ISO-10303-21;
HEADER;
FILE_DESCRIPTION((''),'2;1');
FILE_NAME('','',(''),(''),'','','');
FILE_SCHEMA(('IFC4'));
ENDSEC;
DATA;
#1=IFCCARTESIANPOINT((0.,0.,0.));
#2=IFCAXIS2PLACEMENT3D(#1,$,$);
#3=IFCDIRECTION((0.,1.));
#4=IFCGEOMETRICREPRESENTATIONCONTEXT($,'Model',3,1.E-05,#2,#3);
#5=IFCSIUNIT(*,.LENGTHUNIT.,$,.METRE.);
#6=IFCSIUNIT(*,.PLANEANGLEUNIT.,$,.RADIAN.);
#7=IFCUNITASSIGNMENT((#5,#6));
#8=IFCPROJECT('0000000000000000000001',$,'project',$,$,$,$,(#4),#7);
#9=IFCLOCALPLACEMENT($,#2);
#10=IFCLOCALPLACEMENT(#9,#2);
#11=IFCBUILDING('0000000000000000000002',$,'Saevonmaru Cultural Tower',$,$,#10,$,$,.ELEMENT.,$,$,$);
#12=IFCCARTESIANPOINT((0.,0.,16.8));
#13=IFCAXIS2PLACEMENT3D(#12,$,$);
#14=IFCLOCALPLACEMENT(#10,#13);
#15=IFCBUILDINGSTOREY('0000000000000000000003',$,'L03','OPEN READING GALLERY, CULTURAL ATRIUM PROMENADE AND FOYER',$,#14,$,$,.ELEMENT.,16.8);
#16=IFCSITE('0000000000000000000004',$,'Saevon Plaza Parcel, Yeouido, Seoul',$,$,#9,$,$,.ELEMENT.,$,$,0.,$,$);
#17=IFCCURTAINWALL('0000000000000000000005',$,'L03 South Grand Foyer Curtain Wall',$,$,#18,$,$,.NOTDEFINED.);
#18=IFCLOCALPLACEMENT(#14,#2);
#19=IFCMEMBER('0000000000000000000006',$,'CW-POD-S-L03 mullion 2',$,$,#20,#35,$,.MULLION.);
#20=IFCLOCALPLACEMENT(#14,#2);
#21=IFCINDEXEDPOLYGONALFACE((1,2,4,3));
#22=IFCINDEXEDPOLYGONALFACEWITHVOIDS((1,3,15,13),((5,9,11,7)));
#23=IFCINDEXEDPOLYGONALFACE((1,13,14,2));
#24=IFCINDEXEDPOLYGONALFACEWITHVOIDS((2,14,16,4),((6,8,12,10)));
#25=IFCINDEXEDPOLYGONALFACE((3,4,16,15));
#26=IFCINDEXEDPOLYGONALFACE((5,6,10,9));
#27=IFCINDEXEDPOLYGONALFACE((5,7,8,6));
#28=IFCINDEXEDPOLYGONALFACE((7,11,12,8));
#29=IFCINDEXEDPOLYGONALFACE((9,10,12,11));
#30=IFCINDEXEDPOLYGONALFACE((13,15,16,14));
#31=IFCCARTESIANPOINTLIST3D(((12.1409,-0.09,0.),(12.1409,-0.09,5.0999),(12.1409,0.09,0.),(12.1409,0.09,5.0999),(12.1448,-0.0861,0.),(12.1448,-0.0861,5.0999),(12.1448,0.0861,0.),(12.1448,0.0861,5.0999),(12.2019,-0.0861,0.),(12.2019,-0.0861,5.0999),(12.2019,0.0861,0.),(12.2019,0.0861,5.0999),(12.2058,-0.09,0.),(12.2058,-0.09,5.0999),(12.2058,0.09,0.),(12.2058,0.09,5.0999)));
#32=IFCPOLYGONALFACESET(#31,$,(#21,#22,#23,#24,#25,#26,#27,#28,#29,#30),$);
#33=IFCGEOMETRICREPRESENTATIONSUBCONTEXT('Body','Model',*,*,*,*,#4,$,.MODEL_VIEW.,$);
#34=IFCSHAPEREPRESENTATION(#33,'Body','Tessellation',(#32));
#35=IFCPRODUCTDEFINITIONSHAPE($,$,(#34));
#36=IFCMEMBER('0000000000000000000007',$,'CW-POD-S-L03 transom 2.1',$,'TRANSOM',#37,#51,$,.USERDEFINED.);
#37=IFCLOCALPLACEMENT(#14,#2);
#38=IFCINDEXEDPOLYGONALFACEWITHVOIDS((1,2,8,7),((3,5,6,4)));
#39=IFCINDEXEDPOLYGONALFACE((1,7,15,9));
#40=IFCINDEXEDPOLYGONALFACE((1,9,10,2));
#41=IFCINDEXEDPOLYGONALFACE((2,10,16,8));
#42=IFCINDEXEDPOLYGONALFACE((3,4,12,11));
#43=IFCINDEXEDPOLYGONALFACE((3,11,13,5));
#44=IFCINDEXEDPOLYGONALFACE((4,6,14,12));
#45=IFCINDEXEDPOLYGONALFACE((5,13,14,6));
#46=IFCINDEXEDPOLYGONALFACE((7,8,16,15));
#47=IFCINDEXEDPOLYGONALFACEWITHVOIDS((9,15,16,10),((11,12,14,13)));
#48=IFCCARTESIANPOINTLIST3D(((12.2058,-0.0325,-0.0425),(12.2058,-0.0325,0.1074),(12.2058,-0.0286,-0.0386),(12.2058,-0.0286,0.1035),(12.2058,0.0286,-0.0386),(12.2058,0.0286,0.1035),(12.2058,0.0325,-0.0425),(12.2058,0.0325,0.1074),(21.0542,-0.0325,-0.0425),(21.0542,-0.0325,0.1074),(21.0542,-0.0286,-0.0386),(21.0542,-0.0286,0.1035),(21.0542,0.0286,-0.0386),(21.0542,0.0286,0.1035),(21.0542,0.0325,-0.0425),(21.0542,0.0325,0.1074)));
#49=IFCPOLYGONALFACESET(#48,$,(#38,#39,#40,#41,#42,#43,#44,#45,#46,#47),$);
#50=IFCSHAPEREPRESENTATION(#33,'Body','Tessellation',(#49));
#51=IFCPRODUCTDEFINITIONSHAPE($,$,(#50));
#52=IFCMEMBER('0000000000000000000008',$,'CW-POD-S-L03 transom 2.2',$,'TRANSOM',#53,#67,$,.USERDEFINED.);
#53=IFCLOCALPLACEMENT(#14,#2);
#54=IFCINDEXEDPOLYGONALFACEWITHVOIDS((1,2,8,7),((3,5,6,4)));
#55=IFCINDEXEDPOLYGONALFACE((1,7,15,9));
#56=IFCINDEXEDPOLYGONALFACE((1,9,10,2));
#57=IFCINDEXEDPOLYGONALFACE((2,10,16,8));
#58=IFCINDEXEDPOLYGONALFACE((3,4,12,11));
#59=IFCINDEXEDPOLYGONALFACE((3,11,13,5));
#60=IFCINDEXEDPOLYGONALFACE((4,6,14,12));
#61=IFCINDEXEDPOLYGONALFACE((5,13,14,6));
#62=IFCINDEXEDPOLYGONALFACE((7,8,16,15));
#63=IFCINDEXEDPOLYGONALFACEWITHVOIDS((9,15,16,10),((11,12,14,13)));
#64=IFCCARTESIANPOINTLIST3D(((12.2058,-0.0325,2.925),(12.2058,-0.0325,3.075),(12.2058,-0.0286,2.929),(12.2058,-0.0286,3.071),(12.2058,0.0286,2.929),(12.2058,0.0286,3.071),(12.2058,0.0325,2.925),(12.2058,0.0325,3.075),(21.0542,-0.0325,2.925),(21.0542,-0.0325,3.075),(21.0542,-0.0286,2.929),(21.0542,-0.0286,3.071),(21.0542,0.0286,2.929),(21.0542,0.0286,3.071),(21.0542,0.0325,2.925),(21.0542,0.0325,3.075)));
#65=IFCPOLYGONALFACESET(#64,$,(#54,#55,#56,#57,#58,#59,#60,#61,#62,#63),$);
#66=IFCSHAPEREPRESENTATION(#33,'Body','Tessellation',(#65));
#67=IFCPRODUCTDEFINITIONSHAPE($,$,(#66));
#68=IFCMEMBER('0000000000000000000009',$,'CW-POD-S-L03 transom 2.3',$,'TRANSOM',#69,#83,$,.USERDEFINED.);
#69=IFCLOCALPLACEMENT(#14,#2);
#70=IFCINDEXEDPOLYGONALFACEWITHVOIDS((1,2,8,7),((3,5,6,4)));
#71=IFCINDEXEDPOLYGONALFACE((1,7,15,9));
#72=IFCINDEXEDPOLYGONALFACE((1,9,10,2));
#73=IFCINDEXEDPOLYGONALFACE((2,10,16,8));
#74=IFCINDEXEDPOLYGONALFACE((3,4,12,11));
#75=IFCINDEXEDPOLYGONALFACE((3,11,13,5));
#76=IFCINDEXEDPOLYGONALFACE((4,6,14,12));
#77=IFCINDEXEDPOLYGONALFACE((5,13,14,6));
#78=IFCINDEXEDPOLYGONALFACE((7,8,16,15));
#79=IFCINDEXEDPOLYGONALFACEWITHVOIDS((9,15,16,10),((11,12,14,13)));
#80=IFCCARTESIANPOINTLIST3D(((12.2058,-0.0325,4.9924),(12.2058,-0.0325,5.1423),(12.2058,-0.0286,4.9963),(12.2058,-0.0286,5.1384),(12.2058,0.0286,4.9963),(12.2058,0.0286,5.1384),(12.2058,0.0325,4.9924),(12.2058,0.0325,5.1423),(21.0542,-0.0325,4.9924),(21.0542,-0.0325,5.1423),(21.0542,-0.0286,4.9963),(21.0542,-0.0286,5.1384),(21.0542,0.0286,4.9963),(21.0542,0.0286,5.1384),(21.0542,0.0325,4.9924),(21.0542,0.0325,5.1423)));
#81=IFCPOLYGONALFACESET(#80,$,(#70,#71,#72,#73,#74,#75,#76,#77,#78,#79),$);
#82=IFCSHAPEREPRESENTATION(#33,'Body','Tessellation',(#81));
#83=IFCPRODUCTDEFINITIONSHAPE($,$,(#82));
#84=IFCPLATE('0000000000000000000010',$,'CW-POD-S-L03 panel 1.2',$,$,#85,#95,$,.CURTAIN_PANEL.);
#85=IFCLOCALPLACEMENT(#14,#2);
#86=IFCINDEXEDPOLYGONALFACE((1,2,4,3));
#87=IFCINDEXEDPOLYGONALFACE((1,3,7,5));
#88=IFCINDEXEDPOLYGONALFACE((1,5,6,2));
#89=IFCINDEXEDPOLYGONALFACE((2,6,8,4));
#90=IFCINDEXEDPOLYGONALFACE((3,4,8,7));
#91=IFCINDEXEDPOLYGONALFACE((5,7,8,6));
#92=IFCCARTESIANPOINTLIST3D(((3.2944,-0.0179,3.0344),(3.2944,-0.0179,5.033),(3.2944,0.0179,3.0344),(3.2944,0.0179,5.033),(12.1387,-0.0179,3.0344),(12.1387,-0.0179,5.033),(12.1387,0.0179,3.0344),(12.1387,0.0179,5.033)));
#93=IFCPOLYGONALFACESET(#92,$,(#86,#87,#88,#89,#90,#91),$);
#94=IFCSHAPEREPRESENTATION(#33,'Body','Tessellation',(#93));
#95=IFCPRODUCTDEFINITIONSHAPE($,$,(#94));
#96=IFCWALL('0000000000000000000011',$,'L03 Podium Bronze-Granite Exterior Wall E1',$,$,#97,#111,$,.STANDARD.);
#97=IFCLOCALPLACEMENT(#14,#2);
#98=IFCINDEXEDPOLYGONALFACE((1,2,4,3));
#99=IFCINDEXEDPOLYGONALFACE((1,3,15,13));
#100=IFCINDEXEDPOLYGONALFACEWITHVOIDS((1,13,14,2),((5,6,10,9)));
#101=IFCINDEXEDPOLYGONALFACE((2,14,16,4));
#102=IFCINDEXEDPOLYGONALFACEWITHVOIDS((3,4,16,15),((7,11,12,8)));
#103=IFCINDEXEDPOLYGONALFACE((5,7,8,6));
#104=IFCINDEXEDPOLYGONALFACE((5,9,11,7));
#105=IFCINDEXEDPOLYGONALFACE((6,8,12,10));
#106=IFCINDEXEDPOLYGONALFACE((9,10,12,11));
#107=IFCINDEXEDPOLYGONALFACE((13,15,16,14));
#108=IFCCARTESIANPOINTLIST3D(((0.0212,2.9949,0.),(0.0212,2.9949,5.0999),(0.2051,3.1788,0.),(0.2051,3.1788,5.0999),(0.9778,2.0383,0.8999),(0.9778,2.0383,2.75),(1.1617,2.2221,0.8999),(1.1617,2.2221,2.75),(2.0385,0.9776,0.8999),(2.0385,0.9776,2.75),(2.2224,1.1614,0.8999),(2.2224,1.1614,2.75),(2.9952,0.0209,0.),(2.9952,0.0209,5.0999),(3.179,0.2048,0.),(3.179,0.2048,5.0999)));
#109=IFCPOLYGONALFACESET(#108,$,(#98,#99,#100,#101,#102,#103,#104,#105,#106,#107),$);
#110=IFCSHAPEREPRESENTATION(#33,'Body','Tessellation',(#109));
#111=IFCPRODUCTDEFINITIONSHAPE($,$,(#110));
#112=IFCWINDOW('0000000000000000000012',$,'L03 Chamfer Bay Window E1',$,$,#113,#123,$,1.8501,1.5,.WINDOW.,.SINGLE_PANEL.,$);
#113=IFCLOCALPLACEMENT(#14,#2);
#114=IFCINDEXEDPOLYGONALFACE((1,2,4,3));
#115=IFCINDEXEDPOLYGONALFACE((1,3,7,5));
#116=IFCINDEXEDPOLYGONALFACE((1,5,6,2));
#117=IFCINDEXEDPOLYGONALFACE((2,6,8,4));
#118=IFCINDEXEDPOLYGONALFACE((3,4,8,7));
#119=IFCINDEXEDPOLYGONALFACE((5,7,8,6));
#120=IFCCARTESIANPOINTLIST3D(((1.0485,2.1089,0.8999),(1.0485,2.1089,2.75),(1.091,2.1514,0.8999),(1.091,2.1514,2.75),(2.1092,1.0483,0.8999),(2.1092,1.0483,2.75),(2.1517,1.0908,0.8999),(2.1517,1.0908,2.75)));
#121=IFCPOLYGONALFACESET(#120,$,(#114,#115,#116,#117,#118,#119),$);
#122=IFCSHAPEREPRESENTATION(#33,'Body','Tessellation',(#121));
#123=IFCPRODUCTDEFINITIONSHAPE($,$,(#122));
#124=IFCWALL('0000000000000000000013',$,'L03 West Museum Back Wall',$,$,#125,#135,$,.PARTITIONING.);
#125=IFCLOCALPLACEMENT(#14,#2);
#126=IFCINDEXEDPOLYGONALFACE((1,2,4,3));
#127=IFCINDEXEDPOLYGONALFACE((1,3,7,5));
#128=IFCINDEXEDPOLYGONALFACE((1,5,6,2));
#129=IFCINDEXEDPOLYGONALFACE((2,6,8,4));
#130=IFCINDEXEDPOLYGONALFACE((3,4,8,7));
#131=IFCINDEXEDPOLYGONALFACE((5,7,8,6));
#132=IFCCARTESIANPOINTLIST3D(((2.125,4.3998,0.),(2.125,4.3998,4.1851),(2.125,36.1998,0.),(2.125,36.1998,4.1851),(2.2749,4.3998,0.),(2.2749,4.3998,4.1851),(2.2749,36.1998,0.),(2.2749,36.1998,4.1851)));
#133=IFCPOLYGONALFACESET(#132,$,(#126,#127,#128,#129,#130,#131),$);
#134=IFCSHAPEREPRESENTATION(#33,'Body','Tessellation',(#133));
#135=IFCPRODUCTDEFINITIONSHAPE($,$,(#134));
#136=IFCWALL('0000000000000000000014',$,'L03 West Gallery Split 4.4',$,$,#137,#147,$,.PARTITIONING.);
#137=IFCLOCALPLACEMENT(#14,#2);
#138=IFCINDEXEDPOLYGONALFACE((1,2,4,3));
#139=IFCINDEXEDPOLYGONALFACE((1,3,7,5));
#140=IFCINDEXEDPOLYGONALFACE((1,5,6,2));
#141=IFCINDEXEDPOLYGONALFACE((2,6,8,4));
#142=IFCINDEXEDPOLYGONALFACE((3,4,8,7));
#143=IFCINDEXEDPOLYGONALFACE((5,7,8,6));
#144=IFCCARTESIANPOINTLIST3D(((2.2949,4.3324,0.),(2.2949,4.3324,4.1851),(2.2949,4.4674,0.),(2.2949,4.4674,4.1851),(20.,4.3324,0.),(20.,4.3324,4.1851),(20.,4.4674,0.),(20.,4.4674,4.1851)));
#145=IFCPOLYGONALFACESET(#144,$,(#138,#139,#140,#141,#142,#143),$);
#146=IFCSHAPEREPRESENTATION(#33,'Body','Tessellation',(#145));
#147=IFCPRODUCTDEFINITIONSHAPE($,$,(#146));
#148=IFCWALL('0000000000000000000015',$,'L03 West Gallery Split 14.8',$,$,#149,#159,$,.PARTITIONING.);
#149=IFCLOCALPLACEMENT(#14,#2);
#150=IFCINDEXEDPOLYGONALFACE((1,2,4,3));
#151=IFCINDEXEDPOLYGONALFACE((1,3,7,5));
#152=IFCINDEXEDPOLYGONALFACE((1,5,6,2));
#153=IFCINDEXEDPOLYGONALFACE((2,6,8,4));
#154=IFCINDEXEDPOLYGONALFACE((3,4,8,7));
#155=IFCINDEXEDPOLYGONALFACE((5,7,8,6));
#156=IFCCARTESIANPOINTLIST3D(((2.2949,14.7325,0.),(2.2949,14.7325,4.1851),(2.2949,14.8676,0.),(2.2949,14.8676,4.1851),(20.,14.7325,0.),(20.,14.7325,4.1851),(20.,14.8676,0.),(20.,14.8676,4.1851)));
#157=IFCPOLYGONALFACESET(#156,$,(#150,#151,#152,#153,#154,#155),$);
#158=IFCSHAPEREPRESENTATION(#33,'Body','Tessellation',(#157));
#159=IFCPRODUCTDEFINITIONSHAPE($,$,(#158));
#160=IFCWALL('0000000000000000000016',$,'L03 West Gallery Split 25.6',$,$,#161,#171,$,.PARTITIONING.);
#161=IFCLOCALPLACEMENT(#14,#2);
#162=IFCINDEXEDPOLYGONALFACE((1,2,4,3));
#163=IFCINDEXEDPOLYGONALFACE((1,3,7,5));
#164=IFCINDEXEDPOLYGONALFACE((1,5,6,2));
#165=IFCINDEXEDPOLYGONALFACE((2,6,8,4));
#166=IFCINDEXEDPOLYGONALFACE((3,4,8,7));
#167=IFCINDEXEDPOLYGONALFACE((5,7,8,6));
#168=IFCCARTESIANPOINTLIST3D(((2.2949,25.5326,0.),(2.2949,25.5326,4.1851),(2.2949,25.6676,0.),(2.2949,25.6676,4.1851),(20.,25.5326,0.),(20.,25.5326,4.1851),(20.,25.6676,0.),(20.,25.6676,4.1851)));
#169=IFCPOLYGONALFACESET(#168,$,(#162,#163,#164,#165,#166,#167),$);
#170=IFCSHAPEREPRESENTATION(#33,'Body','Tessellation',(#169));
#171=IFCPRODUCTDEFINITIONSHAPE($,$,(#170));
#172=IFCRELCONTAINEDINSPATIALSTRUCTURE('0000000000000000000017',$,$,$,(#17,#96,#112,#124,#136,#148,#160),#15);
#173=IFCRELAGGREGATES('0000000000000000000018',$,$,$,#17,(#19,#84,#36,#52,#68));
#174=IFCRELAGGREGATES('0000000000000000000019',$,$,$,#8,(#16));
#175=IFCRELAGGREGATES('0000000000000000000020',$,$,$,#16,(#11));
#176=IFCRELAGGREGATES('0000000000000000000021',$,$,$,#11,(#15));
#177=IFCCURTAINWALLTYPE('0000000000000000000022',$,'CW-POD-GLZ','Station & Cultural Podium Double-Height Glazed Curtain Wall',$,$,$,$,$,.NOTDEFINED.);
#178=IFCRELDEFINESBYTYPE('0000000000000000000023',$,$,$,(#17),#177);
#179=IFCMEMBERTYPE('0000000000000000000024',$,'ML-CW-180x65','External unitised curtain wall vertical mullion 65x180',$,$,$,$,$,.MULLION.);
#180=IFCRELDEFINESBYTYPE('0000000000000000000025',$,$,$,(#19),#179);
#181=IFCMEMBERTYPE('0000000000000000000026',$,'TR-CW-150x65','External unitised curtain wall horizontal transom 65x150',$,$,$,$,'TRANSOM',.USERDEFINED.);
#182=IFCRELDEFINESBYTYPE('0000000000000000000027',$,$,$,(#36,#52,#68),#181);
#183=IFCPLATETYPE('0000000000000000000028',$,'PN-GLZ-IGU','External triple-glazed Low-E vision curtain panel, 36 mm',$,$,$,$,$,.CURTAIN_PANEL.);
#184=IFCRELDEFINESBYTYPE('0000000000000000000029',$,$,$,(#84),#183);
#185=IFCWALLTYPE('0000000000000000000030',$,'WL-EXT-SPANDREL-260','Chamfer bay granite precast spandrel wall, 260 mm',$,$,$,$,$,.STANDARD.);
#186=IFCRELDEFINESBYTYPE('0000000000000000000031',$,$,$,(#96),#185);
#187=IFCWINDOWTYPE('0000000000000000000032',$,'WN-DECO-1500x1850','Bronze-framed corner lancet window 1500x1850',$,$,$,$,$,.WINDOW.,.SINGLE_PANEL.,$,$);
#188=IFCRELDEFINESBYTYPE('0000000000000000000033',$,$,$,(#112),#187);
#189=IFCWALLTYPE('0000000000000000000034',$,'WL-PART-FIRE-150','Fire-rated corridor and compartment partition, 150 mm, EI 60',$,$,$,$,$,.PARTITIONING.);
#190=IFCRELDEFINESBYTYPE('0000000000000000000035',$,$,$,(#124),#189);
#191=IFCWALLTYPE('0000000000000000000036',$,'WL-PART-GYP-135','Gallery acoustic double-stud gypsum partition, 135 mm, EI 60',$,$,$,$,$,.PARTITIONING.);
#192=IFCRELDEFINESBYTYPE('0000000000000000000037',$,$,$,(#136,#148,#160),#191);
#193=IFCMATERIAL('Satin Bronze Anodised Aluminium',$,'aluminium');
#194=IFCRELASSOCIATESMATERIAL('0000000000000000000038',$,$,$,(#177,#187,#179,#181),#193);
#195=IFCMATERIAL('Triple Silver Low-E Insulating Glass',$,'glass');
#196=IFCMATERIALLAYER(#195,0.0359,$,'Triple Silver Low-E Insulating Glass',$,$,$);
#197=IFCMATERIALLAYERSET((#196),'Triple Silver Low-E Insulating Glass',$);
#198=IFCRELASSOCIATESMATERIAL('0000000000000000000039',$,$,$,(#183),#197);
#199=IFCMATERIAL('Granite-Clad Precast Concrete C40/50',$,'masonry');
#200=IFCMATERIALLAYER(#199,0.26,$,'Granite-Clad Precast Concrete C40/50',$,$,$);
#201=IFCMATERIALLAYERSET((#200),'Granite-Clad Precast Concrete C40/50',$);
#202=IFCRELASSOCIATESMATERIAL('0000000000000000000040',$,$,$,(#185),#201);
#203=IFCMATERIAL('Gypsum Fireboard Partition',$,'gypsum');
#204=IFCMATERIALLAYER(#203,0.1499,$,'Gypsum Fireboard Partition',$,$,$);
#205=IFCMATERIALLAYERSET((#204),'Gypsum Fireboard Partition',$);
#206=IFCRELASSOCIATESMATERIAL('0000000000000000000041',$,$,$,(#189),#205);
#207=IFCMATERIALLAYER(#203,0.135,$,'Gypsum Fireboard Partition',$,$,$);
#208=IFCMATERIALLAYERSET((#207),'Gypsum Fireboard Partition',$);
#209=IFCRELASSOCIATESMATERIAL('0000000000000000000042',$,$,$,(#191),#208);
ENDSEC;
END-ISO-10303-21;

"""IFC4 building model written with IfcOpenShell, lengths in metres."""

from ifc_helpers import new_model, si_unit, direction, frame, frame_2d, origin, origin_2d, place, context, subcontext, project, spatial, rectangle, hollow_rectangle, extrude, material, layer, layer_set, material_profile, profile_set, type_object, element, fill, aggregate, save


model = new_model("IFC4")

# Units and contexts
model_context = context("Model", 3, precision=1e-05, world=origin(), true_north=direction((0.0, 1.0)))
body_context = subcontext(model_context, "Body", "Model", "MODEL_VIEW")
ifc_project = project(units=[si_unit("LENGTHUNIT", "METRE"), si_unit("PLANEANGLEUNIT", "RADIAN")], contexts=[model_context])

# Site, building, storey
site_placement = place(None, origin())
site = spatial("IfcSite", under=ifc_project, at=site_placement, Name="Saevon Plaza Parcel, Yeouido, Seoul", CompositionType="ELEMENT", RefElevation=0.0)
building_placement = place(site_placement, origin())
building = spatial("IfcBuilding", under=site, at=building_placement, Name="Saevonmaru Cultural Tower", CompositionType="ELEMENT")
storey_placement = place(building_placement, frame((0.0, 0.0, 16.8)))
storey = spatial("IfcBuildingStorey", under=building, at=storey_placement, Name="L03", Description="OPEN READING GALLERY, CULTURAL ATRIUM PROMENADE AND FOYER", CompositionType="ELEMENT", Elevation=16.8)

# Curtain wall, members, plate
ifc_material_1 = material(Name="Satin Bronze Anodised Aluminium", Category="aluminium")
curtain_wall_type = type_object("IfcCurtainWallType", Name="CW-POD-GLZ", Description="Station & Cultural Podium Double-Height Glazed Curtain Wall", PredefinedType="NOTDEFINED", material=ifc_material_1)
curtain_wall_placement = place(storey_placement, origin())
curtain_wall = element("IfcCurtainWall", 1, at=curtain_wall_placement, inside=storey, type_object=curtain_wall_type, Name="L03 South Grand Foyer Curtain Wall", PredefinedType="NOTDEFINED")
ifc_material_profile_1 = material_profile(ifc_material_1, hollow_rectangle(XDim=0.0649, YDim=0.1799, WallThickness=0.0039, at=origin_2d()), Name="ALU-MULL-180x65x4")
ifc_profile_set_1 = profile_set([ifc_material_profile_1], Name="Satin Bronze Anodised Aluminium")
member_type_1 = type_object("IfcMemberType", Name="ML-CW-180x65", Description="External unitised curtain wall vertical mullion 65x180", PredefinedType="MULLION", material=ifc_profile_set_1)
member_1_placement = place(storey_placement, frame((12.1733, 0.0, 0.0), z_axis=(0.0, 0.0, 1.0), x_axis=(1.0, 0.0, 0.0)))
member_1 = element("IfcMember", 2, at=member_1_placement, type_object=member_type_1, Name="CW-POD-S-L03 mullion 2", PredefinedType="MULLION", context=body_context, shape_type="SweptSolid", body=[
    extrude(hollow_rectangle(XDim=0.0649, YDim=0.1799, WallThickness=0.0039, at=origin_2d()), origin(), (0.0, 0.0, 1.0), 5.0999),
])
ifc_material_profile_2 = material_profile(ifc_material_1, hollow_rectangle(XDim=0.0649, YDim=0.1499, WallThickness=0.0039, at=origin_2d()), Name="ALU-TRAN-150x65x4")
ifc_profile_set_2 = profile_set([ifc_material_profile_2], Name="Satin Bronze Anodised Aluminium")
member_type_2 = type_object("IfcMemberType", Name="TR-CW-150x65", Description="External unitised curtain wall horizontal transom 65x150", ElementType="TRANSOM", PredefinedType="USERDEFINED", material=ifc_profile_set_2)
member_2_placement = place(storey_placement, frame((12.2058, 0.0, 0.0325), z_axis=(1.0, 0.0, 0.0), x_axis=(0.0, 1.0, 0.0)))
member_2 = element("IfcMember", 3, at=member_2_placement, type_object=member_type_2, Name="CW-POD-S-L03 transom 2.1", ObjectType="TRANSOM", PredefinedType="USERDEFINED", context=body_context, shape_type="SweptSolid", body=[
    extrude(hollow_rectangle(XDim=0.0649, YDim=0.1499, WallThickness=0.0039, at=origin_2d()), origin(), (0.0, 0.0, 1.0), 8.8484),
])
member_3_placement = place(storey_placement, frame((12.2058, 0.0, 3.0), z_axis=(1.0, 0.0, 0.0), x_axis=(0.0, 1.0, 0.0)))
member_3 = element("IfcMember", 4, at=member_3_placement, type_object=member_type_2, Name="CW-POD-S-L03 transom 2.2", ObjectType="TRANSOM", PredefinedType="USERDEFINED", context=body_context, shape_type="SweptSolid", body=[
    extrude(hollow_rectangle(XDim=0.0649, YDim=0.1499, WallThickness=0.0039, at=origin_2d()), origin(), (0.0, 0.0, 1.0), 8.8484),
])
member_4_placement = place(storey_placement, frame((12.2058, 0.0, 5.0674), z_axis=(1.0, 0.0, 0.0), x_axis=(0.0, 1.0, 0.0)))
member_4 = element("IfcMember", 5, at=member_4_placement, type_object=member_type_2, Name="CW-POD-S-L03 transom 2.3", ObjectType="TRANSOM", PredefinedType="USERDEFINED", context=body_context, shape_type="SweptSolid", body=[
    extrude(hollow_rectangle(XDim=0.0649, YDim=0.1499, WallThickness=0.0039, at=origin_2d()), origin(), (0.0, 0.0, 1.0), 8.8484),
])
ifc_material_2 = material(Name="Triple Silver Low-E Insulating Glass", Category="glass")
ifc_layer_1 = layer(ifc_material_2, 0.0359, Name="Triple Silver Low-E Insulating Glass")
ifc_layer_set_1 = layer_set([ifc_layer_1], Name="Triple Silver Low-E Insulating Glass")
plate_type = type_object("IfcPlateType", Name="PN-GLZ-IGU", Description="External triple-glazed Low-E vision curtain panel, 36 mm", PredefinedType="CURTAIN_PANEL", material=ifc_layer_set_1)
plate_placement = place(storey_placement, frame((7.7166, 0.0, 3.0344), z_axis=(0.0, 0.0, 1.0), x_axis=(1.0, 0.0, 0.0)))
plate = element("IfcPlate", 6, at=plate_placement, type_object=plate_type, Name="CW-POD-S-L03 panel 1.2", PredefinedType="CURTAIN_PANEL", context=body_context, shape_type="SweptSolid", body=[
    extrude(rectangle(XDim=8.8442, YDim=0.0359, at=origin_2d()), origin(), (0.0, 0.0, 1.0), 1.9985),
])
aggregate(curtain_wall, [member_1, plate, member_2, member_3, member_4])

# Wall, opening, window
ifc_material_3 = material(Name="Granite-Clad Precast Concrete C40/50", Category="masonry")
ifc_layer_2 = layer(ifc_material_3, 0.26, Name="Granite-Clad Precast Concrete C40/50")
ifc_layer_set_2 = layer_set([ifc_layer_2], Name="Granite-Clad Precast Concrete C40/50")
wall_type_1 = type_object("IfcWallType", Name="WL-EXT-SPANDREL-260", Description="Chamfer bay granite precast spandrel wall, 260 mm", PredefinedType="STANDARD", material=ifc_layer_set_2)
wall_1_placement = place(storey_placement, frame((0.113, 3.0869, 0.0), z_axis=(0.0, 0.0, 1.0), x_axis=(0.707107, -0.707107, 0.0)))
wall_1 = element("IfcWall", 7, at=wall_1_placement, inside=storey, type_object=wall_type_1, Name="L03 Podium Bronze-Granite Exterior Wall E1", PredefinedType="STANDARD", context=body_context, shape_type="SweptSolid", body=[
    extrude(rectangle(XDim=4.2058, YDim=0.26, at=frame_2d((2.103, 0.0))), origin(), (0.0, 0.0, 1.0), 5.0999),
])
opening_placement = place(wall_1_placement, frame((1.353, 0.0, 0.8999)))
opening = element("IfcOpeningElement", 8, at=opening_placement, cuts=wall_1, PredefinedType="OPENING", context=body_context, shape_type="SweptSolid", body=[
    extrude(rectangle(XDim=1.5, YDim=1.8501, at=frame_2d((0.75, 0.925))), frame((0.0, 0.1401, 0.0), z_axis=(0.0, -1.0, 0.0), x_axis=(1.0, 0.0, 0.0)), (0.0, 0.0, 1.0), 0.28),
])
window_type = type_object("IfcWindowType", Name="WN-DECO-1500x1850", Description="Bronze-framed corner lancet window 1500x1850", PartitioningType="SINGLE_PANEL", PredefinedType="WINDOW", material=ifc_material_1)
window_placement = place(opening_placement, origin())
window = element("IfcWindow", 9, at=window_placement, inside=storey, type_object=window_type, Name="L03 Chamfer Bay Window E1", OverallHeight=1.8501, OverallWidth=1.5, PartitioningType="SINGLE_PANEL", PredefinedType="WINDOW", context=body_context, shape_type="SweptSolid", body=[
    extrude(rectangle(XDim=1.5, YDim=1.8501, at=frame_2d((0.75, 0.925))), frame((0.0, 0.03, 0.0), z_axis=(0.0, -1.0, 0.0), x_axis=(1.0, 0.0, 0.0)), (0.0, 0.0, 1.0), 0.0601),
])
fill(opening, window)

# Walls
ifc_material_4 = material(Name="Gypsum Fireboard Partition", Category="gypsum")
ifc_layer_3 = layer(ifc_material_4, 0.1499, Name="Gypsum Fireboard Partition")
ifc_layer_set_3 = layer_set([ifc_layer_3], Name="Gypsum Fireboard Partition")
wall_type_2 = type_object("IfcWallType", Name="WL-PART-FIRE-150", Description="Fire-rated corridor and compartment partition, 150 mm, EI 60", PredefinedType="PARTITIONING", material=ifc_layer_set_3)
wall_2_placement = place(storey_placement, frame((2.2, 4.3999, 0.0), z_axis=(0.0, 0.0, 1.0), x_axis=(0.0, 1.0, 0.0)))
element("IfcWall", 10, at=wall_2_placement, inside=storey, type_object=wall_type_2, Name="L03 West Museum Back Wall", PredefinedType="PARTITIONING", context=body_context, shape_type="SweptSolid", body=[
    extrude(rectangle(XDim=31.8, YDim=0.1499, at=frame_2d((15.8999, 0.0))), origin(), (0.0, 0.0, 1.0), 4.1851),
])
ifc_layer_4 = layer(ifc_material_4, 0.135, Name="Gypsum Fireboard Partition")
ifc_layer_set_4 = layer_set([ifc_layer_4], Name="Gypsum Fireboard Partition")
wall_type_3 = type_object("IfcWallType", Name="WL-PART-GYP-135", Description="Gallery acoustic double-stud gypsum partition, 135 mm, EI 60", PredefinedType="PARTITIONING", material=ifc_layer_set_4)
for number, where, z_axis, x_axis, name in (
    (11, (2.2949, 4.3999, 0.0), (0.0, 0.0, 1.0), (1.0, 0.0, 0.0), "L03 West Gallery Split 4.4"),
    (12, (2.2949, 14.8, 0.0), (0.0, 0.0, 1.0), (1.0, 0.0, 0.0), "L03 West Gallery Split 14.8"),
    (13, (2.2949, 25.6001, 0.0), (0.0, 0.0, 1.0), (1.0, 0.0, 0.0), "L03 West Gallery Split 25.6"),
):
    element("IfcWall", number, at=place(storey_placement, frame(where, z_axis=z_axis, x_axis=x_axis)), inside=storey, type_object=wall_type_3, Name=name, PredefinedType="PARTITIONING", context=body_context, shape_type="SweptSolid", body=[
        extrude(rectangle(XDim=17.7051, YDim=0.135, at=frame_2d((8.8525, 0.0))), origin(), (0.0, 0.0, 1.0), 4.1851),
    ])

save(model, "model.ifc")
